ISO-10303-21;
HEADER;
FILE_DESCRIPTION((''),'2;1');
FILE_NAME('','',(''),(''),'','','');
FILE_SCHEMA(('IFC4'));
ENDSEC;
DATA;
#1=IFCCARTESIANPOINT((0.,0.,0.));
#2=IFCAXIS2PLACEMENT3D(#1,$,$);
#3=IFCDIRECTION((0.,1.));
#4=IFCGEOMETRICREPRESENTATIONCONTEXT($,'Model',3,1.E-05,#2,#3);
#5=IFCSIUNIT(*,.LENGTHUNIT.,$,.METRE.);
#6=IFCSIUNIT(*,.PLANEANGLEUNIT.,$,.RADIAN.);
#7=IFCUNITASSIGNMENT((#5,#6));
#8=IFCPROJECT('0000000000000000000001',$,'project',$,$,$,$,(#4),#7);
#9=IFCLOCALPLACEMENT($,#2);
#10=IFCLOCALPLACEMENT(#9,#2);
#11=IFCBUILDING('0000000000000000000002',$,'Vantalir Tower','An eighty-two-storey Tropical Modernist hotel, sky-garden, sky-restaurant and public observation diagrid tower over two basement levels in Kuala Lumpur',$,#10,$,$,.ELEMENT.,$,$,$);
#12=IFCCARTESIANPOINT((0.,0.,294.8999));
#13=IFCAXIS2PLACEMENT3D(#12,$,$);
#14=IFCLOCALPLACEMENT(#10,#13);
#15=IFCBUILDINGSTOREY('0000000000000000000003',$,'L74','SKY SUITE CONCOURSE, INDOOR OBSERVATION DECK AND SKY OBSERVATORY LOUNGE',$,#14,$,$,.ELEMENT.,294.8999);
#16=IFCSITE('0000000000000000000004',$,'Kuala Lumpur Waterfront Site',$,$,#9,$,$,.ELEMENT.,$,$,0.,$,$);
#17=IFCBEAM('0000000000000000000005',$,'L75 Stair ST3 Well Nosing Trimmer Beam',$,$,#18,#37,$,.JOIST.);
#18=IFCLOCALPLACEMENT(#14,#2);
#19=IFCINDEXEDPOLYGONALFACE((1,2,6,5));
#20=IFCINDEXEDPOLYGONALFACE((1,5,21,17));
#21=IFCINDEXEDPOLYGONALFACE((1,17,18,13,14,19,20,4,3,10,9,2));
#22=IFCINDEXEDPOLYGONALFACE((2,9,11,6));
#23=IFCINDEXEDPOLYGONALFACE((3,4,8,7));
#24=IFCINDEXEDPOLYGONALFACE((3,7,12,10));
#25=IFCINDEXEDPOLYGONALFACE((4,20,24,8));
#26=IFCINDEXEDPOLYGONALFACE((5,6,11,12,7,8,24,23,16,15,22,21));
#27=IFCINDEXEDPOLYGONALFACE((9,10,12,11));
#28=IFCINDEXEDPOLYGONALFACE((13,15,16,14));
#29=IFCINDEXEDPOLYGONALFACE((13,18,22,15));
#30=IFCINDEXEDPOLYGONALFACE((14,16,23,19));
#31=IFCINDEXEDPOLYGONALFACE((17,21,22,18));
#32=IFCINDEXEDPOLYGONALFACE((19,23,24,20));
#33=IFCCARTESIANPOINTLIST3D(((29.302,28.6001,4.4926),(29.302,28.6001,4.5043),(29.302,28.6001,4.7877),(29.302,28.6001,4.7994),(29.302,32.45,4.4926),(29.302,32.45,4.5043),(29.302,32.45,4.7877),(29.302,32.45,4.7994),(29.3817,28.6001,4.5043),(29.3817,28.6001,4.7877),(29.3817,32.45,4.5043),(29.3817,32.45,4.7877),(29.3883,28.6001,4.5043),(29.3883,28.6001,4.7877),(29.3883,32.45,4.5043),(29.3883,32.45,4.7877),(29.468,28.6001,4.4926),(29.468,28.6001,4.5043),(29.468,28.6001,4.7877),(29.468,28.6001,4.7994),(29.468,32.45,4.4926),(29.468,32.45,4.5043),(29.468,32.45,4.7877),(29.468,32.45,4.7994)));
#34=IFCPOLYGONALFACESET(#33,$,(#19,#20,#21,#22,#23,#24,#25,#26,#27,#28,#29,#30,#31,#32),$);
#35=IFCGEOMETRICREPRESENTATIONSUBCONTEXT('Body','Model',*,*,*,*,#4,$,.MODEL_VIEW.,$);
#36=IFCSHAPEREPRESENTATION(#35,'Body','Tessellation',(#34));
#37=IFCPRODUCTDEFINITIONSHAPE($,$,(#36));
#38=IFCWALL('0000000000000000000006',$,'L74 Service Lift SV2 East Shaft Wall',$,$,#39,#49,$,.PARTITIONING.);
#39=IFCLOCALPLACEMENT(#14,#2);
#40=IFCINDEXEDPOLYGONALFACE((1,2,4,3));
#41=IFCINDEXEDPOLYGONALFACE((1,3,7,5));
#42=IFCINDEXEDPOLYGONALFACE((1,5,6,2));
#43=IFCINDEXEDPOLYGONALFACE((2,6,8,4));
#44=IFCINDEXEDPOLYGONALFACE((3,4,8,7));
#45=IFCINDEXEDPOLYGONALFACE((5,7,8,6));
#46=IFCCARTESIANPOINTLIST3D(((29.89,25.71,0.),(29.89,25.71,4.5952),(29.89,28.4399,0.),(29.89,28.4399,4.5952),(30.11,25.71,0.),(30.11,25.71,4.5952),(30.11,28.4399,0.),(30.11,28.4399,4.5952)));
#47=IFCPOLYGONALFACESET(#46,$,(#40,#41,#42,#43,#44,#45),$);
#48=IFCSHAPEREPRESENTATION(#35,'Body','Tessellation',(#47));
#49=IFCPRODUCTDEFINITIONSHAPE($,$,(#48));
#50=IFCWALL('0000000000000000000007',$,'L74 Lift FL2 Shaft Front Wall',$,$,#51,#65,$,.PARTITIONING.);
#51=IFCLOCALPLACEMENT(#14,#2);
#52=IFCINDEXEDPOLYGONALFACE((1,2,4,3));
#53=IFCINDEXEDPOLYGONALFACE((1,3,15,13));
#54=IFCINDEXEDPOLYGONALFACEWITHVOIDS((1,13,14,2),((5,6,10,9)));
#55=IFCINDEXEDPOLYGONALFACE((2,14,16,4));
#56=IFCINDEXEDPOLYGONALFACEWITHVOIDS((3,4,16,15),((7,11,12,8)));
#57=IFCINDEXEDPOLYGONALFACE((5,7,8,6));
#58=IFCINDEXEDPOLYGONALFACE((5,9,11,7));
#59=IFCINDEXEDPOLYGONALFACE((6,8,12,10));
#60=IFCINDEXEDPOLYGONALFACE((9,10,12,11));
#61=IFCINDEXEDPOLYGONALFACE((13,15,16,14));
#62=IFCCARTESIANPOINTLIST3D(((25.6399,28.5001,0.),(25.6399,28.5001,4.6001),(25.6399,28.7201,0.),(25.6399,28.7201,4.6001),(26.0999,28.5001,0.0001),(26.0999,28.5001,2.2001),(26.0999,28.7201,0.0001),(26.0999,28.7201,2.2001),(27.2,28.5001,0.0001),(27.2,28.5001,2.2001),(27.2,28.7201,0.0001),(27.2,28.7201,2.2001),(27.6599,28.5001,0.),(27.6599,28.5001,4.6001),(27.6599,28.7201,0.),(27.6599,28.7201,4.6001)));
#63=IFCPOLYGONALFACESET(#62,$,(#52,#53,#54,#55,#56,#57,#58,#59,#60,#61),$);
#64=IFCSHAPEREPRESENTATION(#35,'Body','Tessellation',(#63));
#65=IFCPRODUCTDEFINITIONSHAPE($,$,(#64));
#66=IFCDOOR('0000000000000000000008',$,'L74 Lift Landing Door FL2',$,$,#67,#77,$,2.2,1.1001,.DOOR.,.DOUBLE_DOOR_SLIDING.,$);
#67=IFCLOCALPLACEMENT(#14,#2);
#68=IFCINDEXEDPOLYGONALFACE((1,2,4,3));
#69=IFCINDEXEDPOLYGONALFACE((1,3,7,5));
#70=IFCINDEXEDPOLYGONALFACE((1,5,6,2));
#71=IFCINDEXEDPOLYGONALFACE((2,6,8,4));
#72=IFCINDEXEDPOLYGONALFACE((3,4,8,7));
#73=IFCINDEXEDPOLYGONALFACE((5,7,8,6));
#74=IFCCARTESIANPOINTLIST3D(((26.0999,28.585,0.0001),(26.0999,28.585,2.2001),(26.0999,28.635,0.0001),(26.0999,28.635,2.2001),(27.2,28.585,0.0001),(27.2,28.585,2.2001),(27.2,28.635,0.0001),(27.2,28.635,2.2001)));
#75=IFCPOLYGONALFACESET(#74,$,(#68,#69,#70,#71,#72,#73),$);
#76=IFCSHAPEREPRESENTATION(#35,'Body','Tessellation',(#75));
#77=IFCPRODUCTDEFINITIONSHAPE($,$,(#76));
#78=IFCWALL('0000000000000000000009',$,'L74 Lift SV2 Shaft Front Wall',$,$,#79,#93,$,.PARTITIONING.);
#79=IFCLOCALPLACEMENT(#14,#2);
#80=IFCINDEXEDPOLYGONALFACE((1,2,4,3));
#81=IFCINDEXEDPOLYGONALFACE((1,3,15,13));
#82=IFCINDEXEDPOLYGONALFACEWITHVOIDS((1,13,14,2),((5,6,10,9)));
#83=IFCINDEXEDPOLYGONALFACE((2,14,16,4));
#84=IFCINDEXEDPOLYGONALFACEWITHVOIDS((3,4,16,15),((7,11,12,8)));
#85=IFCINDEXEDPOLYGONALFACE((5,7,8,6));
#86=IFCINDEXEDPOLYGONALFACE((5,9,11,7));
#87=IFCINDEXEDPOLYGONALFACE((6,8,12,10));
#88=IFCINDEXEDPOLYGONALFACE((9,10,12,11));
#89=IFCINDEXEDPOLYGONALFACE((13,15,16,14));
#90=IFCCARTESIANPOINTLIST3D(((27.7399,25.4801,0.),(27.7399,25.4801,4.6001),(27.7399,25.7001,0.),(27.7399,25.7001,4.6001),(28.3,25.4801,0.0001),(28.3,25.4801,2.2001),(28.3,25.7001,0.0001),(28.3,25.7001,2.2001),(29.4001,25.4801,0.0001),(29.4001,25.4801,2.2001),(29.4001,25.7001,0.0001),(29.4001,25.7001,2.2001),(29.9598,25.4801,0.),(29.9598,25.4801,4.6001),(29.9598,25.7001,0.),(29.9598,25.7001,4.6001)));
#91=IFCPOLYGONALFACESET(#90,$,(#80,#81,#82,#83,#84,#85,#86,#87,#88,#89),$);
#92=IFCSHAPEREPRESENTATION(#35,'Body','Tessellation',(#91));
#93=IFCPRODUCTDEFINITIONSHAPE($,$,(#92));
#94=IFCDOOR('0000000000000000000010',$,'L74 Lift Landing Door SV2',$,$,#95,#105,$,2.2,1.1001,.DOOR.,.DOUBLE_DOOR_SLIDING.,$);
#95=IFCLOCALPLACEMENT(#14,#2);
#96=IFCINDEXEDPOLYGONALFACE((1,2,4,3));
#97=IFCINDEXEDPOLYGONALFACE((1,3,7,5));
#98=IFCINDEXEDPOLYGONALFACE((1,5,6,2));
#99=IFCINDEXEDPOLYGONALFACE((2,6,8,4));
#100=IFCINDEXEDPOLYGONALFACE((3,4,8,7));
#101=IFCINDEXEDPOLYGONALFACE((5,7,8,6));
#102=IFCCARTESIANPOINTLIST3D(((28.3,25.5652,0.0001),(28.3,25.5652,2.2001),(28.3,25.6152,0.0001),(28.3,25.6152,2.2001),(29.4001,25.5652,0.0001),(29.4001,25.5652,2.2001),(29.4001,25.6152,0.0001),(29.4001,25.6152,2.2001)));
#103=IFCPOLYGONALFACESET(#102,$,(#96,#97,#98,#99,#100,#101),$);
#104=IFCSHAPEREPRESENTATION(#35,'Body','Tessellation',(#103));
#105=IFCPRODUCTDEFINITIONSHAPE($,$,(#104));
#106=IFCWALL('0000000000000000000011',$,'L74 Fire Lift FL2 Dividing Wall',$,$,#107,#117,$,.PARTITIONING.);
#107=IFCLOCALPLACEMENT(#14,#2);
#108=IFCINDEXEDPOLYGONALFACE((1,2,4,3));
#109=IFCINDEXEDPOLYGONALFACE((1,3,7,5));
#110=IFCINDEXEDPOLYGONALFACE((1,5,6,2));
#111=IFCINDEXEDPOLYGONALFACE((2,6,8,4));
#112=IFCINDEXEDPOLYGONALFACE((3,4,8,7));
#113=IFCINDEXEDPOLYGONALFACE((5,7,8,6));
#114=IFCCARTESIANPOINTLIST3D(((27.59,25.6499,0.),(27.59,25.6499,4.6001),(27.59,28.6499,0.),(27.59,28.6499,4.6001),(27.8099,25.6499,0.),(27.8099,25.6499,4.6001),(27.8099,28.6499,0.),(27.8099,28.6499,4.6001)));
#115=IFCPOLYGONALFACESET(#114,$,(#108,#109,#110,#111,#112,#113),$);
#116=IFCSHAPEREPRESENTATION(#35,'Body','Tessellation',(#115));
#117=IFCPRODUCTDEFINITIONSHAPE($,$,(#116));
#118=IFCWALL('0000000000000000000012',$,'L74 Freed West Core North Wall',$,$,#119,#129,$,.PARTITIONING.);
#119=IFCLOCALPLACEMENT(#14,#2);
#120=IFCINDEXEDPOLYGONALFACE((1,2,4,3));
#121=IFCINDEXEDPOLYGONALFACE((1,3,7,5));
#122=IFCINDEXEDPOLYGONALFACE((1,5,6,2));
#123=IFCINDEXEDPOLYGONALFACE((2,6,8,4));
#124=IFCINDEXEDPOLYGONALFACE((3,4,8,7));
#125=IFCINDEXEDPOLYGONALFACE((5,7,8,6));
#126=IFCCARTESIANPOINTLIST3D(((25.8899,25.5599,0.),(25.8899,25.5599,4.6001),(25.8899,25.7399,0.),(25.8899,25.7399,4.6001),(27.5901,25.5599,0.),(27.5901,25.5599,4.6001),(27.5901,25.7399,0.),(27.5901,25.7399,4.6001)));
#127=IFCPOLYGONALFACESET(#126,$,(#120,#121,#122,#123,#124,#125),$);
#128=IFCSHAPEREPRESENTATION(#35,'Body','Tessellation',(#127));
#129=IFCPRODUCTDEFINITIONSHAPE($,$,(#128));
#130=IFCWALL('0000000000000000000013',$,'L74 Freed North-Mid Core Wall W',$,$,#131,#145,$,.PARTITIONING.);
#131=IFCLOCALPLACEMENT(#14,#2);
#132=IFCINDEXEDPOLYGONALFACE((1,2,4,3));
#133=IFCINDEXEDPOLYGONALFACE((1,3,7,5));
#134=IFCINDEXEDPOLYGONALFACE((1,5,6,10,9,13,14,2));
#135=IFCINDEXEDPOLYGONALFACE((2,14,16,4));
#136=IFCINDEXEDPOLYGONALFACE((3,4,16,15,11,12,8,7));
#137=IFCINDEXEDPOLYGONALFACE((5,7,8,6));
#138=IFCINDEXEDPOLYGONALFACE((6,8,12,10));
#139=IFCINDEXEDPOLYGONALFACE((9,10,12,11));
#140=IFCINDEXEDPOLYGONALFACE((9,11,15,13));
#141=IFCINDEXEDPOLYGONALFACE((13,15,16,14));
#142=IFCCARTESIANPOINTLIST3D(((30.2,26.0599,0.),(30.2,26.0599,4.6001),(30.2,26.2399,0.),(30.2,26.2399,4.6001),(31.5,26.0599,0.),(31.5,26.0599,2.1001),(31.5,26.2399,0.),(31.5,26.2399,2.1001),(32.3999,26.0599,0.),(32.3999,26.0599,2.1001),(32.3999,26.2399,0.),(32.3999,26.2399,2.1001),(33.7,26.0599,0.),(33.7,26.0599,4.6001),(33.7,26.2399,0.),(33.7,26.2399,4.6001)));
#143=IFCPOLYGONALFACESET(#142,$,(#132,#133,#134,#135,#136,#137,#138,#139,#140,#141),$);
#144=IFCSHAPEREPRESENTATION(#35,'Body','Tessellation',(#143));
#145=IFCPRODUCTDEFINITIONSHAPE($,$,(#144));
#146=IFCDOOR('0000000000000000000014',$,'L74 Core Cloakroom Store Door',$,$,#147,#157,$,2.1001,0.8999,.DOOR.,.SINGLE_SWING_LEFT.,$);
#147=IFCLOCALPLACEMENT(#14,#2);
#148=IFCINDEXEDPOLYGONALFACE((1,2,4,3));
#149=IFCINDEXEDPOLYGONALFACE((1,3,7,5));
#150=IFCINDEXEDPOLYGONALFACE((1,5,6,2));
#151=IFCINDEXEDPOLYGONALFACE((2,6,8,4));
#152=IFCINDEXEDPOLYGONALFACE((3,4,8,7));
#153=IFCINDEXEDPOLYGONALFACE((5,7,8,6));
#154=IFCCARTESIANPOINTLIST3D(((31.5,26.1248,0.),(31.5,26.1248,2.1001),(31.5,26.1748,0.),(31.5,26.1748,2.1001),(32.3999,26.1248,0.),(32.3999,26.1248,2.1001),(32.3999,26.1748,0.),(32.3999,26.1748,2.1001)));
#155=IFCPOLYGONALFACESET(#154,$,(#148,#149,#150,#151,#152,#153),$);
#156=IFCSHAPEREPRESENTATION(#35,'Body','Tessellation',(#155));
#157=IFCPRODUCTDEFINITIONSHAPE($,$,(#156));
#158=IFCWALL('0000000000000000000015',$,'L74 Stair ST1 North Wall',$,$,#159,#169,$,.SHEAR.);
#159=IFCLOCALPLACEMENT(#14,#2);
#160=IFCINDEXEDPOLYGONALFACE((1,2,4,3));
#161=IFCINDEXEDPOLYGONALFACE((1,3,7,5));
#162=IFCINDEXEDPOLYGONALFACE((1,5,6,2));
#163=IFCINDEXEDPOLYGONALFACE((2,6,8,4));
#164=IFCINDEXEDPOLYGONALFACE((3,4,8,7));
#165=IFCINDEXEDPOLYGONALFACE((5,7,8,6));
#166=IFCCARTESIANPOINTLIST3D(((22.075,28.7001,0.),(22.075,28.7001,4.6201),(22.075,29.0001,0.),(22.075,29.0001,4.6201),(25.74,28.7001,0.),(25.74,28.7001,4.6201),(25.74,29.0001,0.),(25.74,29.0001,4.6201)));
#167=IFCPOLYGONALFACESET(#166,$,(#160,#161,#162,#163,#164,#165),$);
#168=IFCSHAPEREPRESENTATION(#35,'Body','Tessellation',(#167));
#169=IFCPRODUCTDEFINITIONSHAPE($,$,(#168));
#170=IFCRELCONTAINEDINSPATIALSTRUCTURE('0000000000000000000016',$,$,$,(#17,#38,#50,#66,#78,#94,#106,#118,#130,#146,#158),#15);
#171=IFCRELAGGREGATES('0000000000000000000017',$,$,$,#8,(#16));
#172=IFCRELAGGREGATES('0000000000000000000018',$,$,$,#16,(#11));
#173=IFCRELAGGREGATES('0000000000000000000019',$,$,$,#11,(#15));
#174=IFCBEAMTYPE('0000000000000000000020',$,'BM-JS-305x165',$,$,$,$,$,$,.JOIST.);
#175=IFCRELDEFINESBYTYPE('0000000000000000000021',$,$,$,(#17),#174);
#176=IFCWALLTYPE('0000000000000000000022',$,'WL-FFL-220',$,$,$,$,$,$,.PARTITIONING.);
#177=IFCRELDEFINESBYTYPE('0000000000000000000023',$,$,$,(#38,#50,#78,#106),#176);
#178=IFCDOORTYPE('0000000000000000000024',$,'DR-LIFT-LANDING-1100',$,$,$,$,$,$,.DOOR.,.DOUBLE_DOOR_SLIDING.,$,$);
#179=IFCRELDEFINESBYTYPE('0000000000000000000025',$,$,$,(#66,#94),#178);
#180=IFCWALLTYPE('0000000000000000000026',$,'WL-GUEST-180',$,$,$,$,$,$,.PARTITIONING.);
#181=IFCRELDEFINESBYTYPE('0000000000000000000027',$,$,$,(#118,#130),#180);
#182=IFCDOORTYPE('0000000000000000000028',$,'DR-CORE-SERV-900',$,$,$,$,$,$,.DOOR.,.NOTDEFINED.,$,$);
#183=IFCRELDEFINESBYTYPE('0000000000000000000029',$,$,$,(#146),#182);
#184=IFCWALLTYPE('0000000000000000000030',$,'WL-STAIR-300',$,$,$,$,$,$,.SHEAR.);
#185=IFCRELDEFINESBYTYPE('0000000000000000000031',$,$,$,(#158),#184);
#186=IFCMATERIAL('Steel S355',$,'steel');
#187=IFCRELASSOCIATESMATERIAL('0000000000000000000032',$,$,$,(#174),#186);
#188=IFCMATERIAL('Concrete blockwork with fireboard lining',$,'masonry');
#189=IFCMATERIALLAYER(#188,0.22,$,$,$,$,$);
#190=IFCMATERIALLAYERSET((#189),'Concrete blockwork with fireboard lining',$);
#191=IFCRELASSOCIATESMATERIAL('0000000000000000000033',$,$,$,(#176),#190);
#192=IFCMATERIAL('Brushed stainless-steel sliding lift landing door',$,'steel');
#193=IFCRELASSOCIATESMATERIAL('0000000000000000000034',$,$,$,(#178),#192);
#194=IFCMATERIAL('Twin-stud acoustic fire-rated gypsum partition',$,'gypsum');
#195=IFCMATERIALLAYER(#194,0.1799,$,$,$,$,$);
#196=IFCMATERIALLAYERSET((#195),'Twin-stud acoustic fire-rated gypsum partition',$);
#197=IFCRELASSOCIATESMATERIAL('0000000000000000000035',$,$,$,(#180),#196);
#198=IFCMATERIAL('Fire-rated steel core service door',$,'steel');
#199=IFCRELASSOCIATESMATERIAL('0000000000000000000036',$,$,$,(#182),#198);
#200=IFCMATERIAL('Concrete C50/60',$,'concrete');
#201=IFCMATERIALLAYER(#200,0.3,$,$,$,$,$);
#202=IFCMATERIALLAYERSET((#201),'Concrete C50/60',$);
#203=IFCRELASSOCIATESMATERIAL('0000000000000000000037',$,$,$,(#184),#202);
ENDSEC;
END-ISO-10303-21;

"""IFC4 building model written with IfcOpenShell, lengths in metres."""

from ifc_helpers import new_model, si_unit, direction, frame, frame_2d, origin, origin_2d, place, context, subcontext, project, spatial, rectangle, i_section, extrude, material, layer, layer_set, material_profile, profile_set, type_object, element, fill, save


model = new_model("IFC4")

# Units and contexts
model_context = context("Model", 3, precision=1e-05, world=origin(), true_north=direction((0.0, 1.0)))
body_context = subcontext(model_context, "Body", "Model", "MODEL_VIEW")
ifc_project = project(units=[si_unit("LENGTHUNIT", "METRE"), si_unit("PLANEANGLEUNIT", "RADIAN")], contexts=[model_context])

# Site, building, storey
site_placement = place(None, origin())
site = spatial("IfcSite", under=ifc_project, at=site_placement, Name="Kuala Lumpur Waterfront Site", CompositionType="ELEMENT", RefElevation=0.0)
building_placement = place(site_placement, origin())
building = spatial("IfcBuilding", under=site, at=building_placement, Name="Vantalir Tower", Description="An eighty-two-storey Tropical Modernist hotel, sky-garden, sky-restaurant and public observation diagrid tower over two basement levels in Kuala Lumpur", CompositionType="ELEMENT")
storey_placement = place(building_placement, frame((0.0, 0.0, 294.8999)))
storey = spatial("IfcBuildingStorey", under=building, at=storey_placement, Name="L74", Description="SKY SUITE CONCOURSE, INDOOR OBSERVATION DECK AND SKY OBSERVATORY LOUNGE", CompositionType="ELEMENT", Elevation=294.8999)

# Beam
ifc_material_1 = material(Name="Steel S355", Category="steel")
ifc_material_profile = material_profile(ifc_material_1, i_section(OverallWidth=0.166, OverallDepth=0.3069, WebThickness=0.0066, FlangeThickness=0.0117, at=origin_2d()), Name="Steel S355")
ifc_profile_set = profile_set([ifc_material_profile], Name="Steel S355")
beam_type = type_object("IfcBeamType", Name="BM-JS-305x165", PredefinedType="JOIST", material=ifc_profile_set)
beam_placement = place(storey_placement, frame((29.385, 28.6001, 4.646), z_axis=(0.0, 1.0, 0.0), x_axis=(-1.0, 0.0, 0.0)))
element("IfcBeam", 1, at=beam_placement, inside=storey, type_object=beam_type, Name="L75 Stair ST3 Well Nosing Trimmer Beam", PredefinedType="JOIST", context=body_context, shape_type="SweptSolid", body=[
    extrude(i_section(OverallWidth=0.166, OverallDepth=0.3069, WebThickness=0.0066, FlangeThickness=0.0117, at=origin_2d()), origin(), (0.0, 0.0, 1.0), 3.8499),
])

# Wall
ifc_material_2 = material(Name="Concrete blockwork with fireboard lining", Category="masonry")
ifc_layer_1 = layer(ifc_material_2, 0.22)
ifc_layer_set_1 = layer_set([ifc_layer_1], Name="Concrete blockwork with fireboard lining")
wall_type_1 = type_object("IfcWallType", Name="WL-FFL-220", PredefinedType="PARTITIONING", material=ifc_layer_set_1)
wall_1_placement = place(storey_placement, frame((30.0, 25.71, 0.0), z_axis=(0.0, 0.0, 1.0), x_axis=(0.0, 1.0, 0.0)))
element("IfcWall", 2, at=wall_1_placement, inside=storey, type_object=wall_type_1, Name="L74 Service Lift SV2 East Shaft Wall", PredefinedType="PARTITIONING", context=body_context, shape_type="SweptSolid", body=[
    extrude(rectangle(XDim=2.73, YDim=0.22, at=frame_2d((1.365, 0.0))), origin(), (0.0, 0.0, 1.0), 4.5952),
])

# Walls, openings, doors
wall_2_placement = place(storey_placement, frame((25.6399, 28.6101, 0.0), z_axis=(0.0, 0.0, 1.0), x_axis=(1.0, 0.0, 0.0)))
wall_2 = element("IfcWall", 3, at=wall_2_placement, inside=storey, type_object=wall_type_1, Name="L74 Lift FL2 Shaft Front Wall", PredefinedType="PARTITIONING", context=body_context, shape_type="SweptSolid", body=[
    extrude(rectangle(XDim=2.02, YDim=0.22, at=frame_2d((1.01, 0.0))), origin(), (0.0, 0.0, 1.0), 4.6001),
])
opening_1_placement = place(wall_2_placement, frame((0.46, 0.0, 0.0)))
opening_1 = element("IfcOpeningElement", 4, at=opening_1_placement, cuts=wall_2, PredefinedType="OPENING", context=body_context, shape_type="SweptSolid", body=[
    extrude(rectangle(XDim=1.1001, YDim=2.2, at=frame_2d((0.55, 1.1001))), frame((0.0, 0.1199, 0.0), z_axis=(0.0, -1.0, 0.0), x_axis=(1.0, 0.0, 0.0)), (0.0, 0.0, 1.0), 0.24),
])
ifc_material_3 = material(Name="Brushed stainless-steel sliding lift landing door", Category="steel")
door_type_1 = type_object("IfcDoorType", Name="DR-LIFT-LANDING-1100", OperationType="DOUBLE_DOOR_SLIDING", PredefinedType="DOOR", material=ifc_material_3)
door_1_placement = place(opening_1_placement, origin())
door_1 = element("IfcDoor", 5, at=door_1_placement, inside=storey, type_object=door_type_1, Name="L74 Lift Landing Door FL2", OperationType="DOUBLE_DOOR_SLIDING", OverallHeight=2.2, OverallWidth=1.1001, PredefinedType="DOOR", context=body_context, shape_type="SweptSolid", body=[
    extrude(rectangle(XDim=1.1001, YDim=2.2, at=frame_2d((0.55, 1.1001))), frame((0.0, 0.0249, 0.0), z_axis=(0.0, -1.0, 0.0), x_axis=(1.0, 0.0, 0.0)), (0.0, 0.0, 1.0), 0.05),
])
fill(opening_1, door_1)
wall_3_placement = place(storey_placement, frame((27.74, 25.5901, 0.0), z_axis=(0.0, 0.0, 1.0), x_axis=(1.0, 0.0, 0.0)))
wall_3 = element("IfcWall", 6, at=wall_3_placement, inside=storey, type_object=wall_type_1, Name="L74 Lift SV2 Shaft Front Wall", PredefinedType="PARTITIONING", context=body_context, shape_type="SweptSolid", body=[
    extrude(rectangle(XDim=2.22, YDim=0.22, at=frame_2d((1.1099, 0.0))), origin(), (0.0, 0.0, 1.0), 4.6001),
])
opening_2_placement = place(wall_3_placement, frame((0.5601, 0.0, 0.0)))
opening_2 = element("IfcOpeningElement", 7, at=opening_2_placement, cuts=wall_3, PredefinedType="OPENING", context=body_context, shape_type="SweptSolid", body=[
    extrude(rectangle(XDim=1.1001, YDim=2.2, at=frame_2d((0.55, 1.1001))), frame((0.0, 0.1199, 0.0), z_axis=(0.0, -1.0, 0.0), x_axis=(1.0, 0.0, 0.0)), (0.0, 0.0, 1.0), 0.24),
])
door_2_placement = place(opening_2_placement, frame((1.1001, 0.0, 0.0), z_axis=(0.0, 0.0, 1.0), x_axis=(-1.0, 0.0, 0.0)))
door_2 = element("IfcDoor", 8, at=door_2_placement, inside=storey, type_object=door_type_1, Name="L74 Lift Landing Door SV2", OperationType="DOUBLE_DOOR_SLIDING", OverallHeight=2.2, OverallWidth=1.1001, PredefinedType="DOOR", context=body_context, shape_type="SweptSolid", body=[
    extrude(rectangle(XDim=1.1001, YDim=2.2, at=frame_2d((0.55, 1.1001))), frame((0.0, 0.0249, 0.0), z_axis=(0.0, -1.0, 0.0), x_axis=(1.0, 0.0, 0.0)), (0.0, 0.0, 1.0), 0.05),
])
fill(opening_2, door_2)

# Walls
wall_4_placement = place(storey_placement, frame((27.7, 25.6499, 0.0), z_axis=(0.0, 0.0, 1.0), x_axis=(0.0, 1.0, 0.0)))
element("IfcWall", 9, at=wall_4_placement, inside=storey, type_object=wall_type_1, Name="L74 Fire Lift FL2 Dividing Wall", PredefinedType="PARTITIONING", context=body_context, shape_type="SweptSolid", body=[
    extrude(rectangle(XDim=3.0, YDim=0.22, at=frame_2d((1.5, 0.0))), origin(), (0.0, 0.0, 1.0), 4.6001),
])
ifc_material_4 = material(Name="Twin-stud acoustic fire-rated gypsum partition", Category="gypsum")
ifc_layer_2 = layer(ifc_material_4, 0.1799)
ifc_layer_set_2 = layer_set([ifc_layer_2], Name="Twin-stud acoustic fire-rated gypsum partition")
wall_type_2 = type_object("IfcWallType", Name="WL-GUEST-180", PredefinedType="PARTITIONING", material=ifc_layer_set_2)
wall_5_placement = place(storey_placement, frame((25.8899, 25.6499, 0.0), z_axis=(0.0, 0.0, 1.0), x_axis=(1.0, 0.0, 0.0)))
element("IfcWall", 10, at=wall_5_placement, inside=storey, type_object=wall_type_2, Name="L74 Freed West Core North Wall", PredefinedType="PARTITIONING", context=body_context, shape_type="SweptSolid", body=[
    extrude(rectangle(XDim=1.7002, YDim=0.1799, at=frame_2d((0.8501, 0.0))), origin(), (0.0, 0.0, 1.0), 4.6001),
])

# Wall, opening, door
wall_6_placement = place(storey_placement, frame((30.2, 26.1499, 0.0), z_axis=(0.0, 0.0, 1.0), x_axis=(1.0, 0.0, 0.0)))
wall_6 = element("IfcWall", 11, at=wall_6_placement, inside=storey, type_object=wall_type_2, Name="L74 Freed North-Mid Core Wall W", PredefinedType="PARTITIONING", context=body_context, shape_type="SweptSolid", body=[
    extrude(rectangle(XDim=3.5, YDim=0.1799, at=frame_2d((1.75, 0.0))), origin(), (0.0, 0.0, 1.0), 4.6001),
])
opening_3_placement = place(wall_6_placement, frame((1.3, 0.0, 0.0)))
opening_3 = element("IfcOpeningElement", 12, at=opening_3_placement, cuts=wall_6, PredefinedType="OPENING", context=body_context, shape_type="SweptSolid", body=[
    extrude(rectangle(XDim=0.8999, YDim=2.1001, at=frame_2d((0.45, 1.05))), frame((0.0, 0.0999, 0.0), z_axis=(0.0, -1.0, 0.0), x_axis=(1.0, 0.0, 0.0)), (0.0, 0.0, 1.0), 0.2),
])
ifc_material_5 = material(Name="Fire-rated steel core service door", Category="steel")
door_type_2 = type_object("IfcDoorType", Name="DR-CORE-SERV-900", OperationType="NOTDEFINED", PredefinedType="DOOR", material=ifc_material_5)
door_3_placement = place(opening_3_placement, origin())
door_3 = element("IfcDoor", 13, at=door_3_placement, inside=storey, type_object=door_type_2, Name="L74 Core Cloakroom Store Door", OperationType="SINGLE_SWING_LEFT", OverallHeight=2.1001, OverallWidth=0.8999, PredefinedType="DOOR", context=body_context, shape_type="SweptSolid", body=[
    extrude(rectangle(XDim=0.8999, YDim=2.1001, at=frame_2d((0.45, 1.05))), frame((0.0, 0.0249, 0.0), z_axis=(0.0, -1.0, 0.0), x_axis=(1.0, 0.0, 0.0)), (0.0, 0.0, 1.0), 0.05),
])
fill(opening_3, door_3)

# Wall
ifc_material_6 = material(Name="Concrete C50/60", Category="concrete")
ifc_layer_3 = layer(ifc_material_6, 0.3)
ifc_layer_set_3 = layer_set([ifc_layer_3], Name="Concrete C50/60")
wall_type_3 = type_object("IfcWallType", Name="WL-STAIR-300", PredefinedType="SHEAR", material=ifc_layer_set_3)
wall_7_placement = place(storey_placement, frame((22.075, 28.8501, 0.0), z_axis=(0.0, 0.0, 1.0), x_axis=(1.0, 0.0, 0.0)))
element("IfcWall", 14, at=wall_7_placement, inside=storey, type_object=wall_type_3, Name="L74 Stair ST1 North Wall", PredefinedType="SHEAR", context=body_context, shape_type="SweptSolid", body=[
    extrude(rectangle(XDim=3.665, YDim=0.3, at=frame_2d((1.8325, 0.0))), origin(), (0.0, 0.0, 1.0), 4.6201),
])

save(model, "model.ifc")
